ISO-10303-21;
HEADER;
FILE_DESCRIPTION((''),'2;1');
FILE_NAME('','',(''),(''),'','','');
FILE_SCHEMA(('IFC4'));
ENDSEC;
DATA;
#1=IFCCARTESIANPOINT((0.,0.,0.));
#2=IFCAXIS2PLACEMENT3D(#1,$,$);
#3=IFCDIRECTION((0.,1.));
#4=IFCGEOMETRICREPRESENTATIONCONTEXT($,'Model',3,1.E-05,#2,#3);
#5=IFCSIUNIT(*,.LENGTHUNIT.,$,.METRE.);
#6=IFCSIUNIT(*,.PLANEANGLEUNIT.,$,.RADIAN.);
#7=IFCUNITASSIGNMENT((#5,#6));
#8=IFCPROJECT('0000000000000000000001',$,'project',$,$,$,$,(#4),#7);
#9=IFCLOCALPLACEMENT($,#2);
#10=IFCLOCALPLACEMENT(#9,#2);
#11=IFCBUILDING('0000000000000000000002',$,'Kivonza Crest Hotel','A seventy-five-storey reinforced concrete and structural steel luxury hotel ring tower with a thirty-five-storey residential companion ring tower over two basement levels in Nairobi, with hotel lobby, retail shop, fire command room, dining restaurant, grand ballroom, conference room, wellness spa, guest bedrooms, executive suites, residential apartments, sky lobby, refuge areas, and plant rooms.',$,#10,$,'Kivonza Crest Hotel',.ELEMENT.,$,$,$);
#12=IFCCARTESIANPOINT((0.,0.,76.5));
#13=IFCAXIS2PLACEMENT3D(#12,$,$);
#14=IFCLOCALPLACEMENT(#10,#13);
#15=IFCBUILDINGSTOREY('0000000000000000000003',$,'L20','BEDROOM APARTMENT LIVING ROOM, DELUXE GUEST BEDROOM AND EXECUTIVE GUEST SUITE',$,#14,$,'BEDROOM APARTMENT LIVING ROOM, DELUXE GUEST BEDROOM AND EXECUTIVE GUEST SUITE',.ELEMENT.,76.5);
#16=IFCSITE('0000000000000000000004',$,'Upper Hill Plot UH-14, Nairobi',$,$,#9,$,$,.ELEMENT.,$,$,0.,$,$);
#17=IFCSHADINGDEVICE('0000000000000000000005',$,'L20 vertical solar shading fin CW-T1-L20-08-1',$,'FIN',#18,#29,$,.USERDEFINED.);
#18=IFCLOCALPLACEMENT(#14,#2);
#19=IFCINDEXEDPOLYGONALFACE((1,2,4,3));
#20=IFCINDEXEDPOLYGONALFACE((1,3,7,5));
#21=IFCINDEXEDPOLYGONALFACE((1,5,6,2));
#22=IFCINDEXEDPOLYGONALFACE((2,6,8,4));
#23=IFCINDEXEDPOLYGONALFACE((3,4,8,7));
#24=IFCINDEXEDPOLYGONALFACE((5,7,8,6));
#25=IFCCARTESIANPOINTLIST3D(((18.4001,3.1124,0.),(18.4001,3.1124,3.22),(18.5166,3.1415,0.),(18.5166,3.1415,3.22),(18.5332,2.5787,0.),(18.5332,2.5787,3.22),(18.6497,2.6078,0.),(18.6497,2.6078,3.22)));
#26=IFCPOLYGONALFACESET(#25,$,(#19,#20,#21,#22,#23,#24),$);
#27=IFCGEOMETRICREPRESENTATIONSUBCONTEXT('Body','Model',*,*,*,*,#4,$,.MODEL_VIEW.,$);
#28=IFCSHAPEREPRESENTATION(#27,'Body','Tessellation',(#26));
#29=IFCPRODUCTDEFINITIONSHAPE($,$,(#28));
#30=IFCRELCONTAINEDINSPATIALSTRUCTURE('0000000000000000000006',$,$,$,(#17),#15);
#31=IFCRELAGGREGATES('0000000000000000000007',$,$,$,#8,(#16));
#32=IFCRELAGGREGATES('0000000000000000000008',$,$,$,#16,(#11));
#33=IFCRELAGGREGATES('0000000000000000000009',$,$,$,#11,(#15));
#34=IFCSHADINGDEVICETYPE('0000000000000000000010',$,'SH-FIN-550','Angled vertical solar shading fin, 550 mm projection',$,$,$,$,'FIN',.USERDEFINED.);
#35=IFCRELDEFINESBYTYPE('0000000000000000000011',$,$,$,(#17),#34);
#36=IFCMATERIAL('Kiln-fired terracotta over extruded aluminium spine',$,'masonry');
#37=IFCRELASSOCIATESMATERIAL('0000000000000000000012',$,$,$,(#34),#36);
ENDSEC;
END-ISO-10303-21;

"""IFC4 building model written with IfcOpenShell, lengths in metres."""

from ifc_helpers import new_model, si_unit, direction, frame, origin, origin_2d, place, context, subcontext, project, spatial, rectangle, extrude, material, type_object, element, save


model = new_model("IFC4")

# Units and contexts
model_context = context("Model", 3, precision=1e-05, world=origin(), true_north=direction((0.0, 1.0)))
body_context = subcontext(model_context, "Body", "Model", "MODEL_VIEW")
ifc_project = project(units=[si_unit("LENGTHUNIT", "METRE"), si_unit("PLANEANGLEUNIT", "RADIAN")], contexts=[model_context])

# Site, building, storey
site_placement = place(None, origin())
site = spatial("IfcSite", under=ifc_project, at=site_placement, Name="Upper Hill Plot UH-14, Nairobi", CompositionType="ELEMENT", RefElevation=0.0)
building_placement = place(site_placement, origin())
building = spatial("IfcBuilding", under=site, at=building_placement, Name="Kivonza Crest Hotel", Description="A seventy-five-storey reinforced concrete and structural steel luxury hotel ring tower with a thirty-five-storey residential companion ring tower over two basement levels in Nairobi, with hotel lobby, retail shop, fire command room, dining restaurant, grand ballroom, conference room, wellness spa, guest bedrooms, executive suites, residential apartments, sky lobby, refuge areas, and plant rooms.", LongName="Kivonza Crest Hotel", CompositionType="ELEMENT")
storey_placement = place(building_placement, frame((0.0, 0.0, 76.5)))
storey = spatial("IfcBuildingStorey", under=building, at=storey_placement, Name="L20", Description="BEDROOM APARTMENT LIVING ROOM, DELUXE GUEST BEDROOM AND EXECUTIVE GUEST SUITE", LongName="BEDROOM APARTMENT LIVING ROOM, DELUXE GUEST BEDROOM AND EXECUTIVE GUEST SUITE", CompositionType="ELEMENT", Elevation=76.5)

# Shading device
ifc_material_1 = material(Name="Kiln-fired terracotta over extruded aluminium spine", Category="masonry")
shading_device_type = type_object("IfcShadingDeviceType", Name="SH-FIN-550", Description="Angled vertical solar shading fin, 550 mm projection", ElementType="FIN", PredefinedType="USERDEFINED", material=ifc_material_1)
shading_device_placement = place(storey_placement, frame((18.5249, 2.8601, 0.0), z_axis=(0.0, 0.0, 1.0), x_axis=(0.970296, 0.241922, 0.0)))
element("IfcShadingDevice", 1, at=shading_device_placement, inside=storey, type_object=shading_device_type, Name="L20 vertical solar shading fin CW-T1-L20-08-1", ObjectType="FIN", PredefinedType="USERDEFINED", context=body_context, shape_type="SweptSolid", body=[
    extrude(rectangle(XDim=0.1201, YDim=0.55, at=origin_2d()), origin(), (0.0, 0.0, 1.0), 3.22),
])

save(model, "model.ifc")
